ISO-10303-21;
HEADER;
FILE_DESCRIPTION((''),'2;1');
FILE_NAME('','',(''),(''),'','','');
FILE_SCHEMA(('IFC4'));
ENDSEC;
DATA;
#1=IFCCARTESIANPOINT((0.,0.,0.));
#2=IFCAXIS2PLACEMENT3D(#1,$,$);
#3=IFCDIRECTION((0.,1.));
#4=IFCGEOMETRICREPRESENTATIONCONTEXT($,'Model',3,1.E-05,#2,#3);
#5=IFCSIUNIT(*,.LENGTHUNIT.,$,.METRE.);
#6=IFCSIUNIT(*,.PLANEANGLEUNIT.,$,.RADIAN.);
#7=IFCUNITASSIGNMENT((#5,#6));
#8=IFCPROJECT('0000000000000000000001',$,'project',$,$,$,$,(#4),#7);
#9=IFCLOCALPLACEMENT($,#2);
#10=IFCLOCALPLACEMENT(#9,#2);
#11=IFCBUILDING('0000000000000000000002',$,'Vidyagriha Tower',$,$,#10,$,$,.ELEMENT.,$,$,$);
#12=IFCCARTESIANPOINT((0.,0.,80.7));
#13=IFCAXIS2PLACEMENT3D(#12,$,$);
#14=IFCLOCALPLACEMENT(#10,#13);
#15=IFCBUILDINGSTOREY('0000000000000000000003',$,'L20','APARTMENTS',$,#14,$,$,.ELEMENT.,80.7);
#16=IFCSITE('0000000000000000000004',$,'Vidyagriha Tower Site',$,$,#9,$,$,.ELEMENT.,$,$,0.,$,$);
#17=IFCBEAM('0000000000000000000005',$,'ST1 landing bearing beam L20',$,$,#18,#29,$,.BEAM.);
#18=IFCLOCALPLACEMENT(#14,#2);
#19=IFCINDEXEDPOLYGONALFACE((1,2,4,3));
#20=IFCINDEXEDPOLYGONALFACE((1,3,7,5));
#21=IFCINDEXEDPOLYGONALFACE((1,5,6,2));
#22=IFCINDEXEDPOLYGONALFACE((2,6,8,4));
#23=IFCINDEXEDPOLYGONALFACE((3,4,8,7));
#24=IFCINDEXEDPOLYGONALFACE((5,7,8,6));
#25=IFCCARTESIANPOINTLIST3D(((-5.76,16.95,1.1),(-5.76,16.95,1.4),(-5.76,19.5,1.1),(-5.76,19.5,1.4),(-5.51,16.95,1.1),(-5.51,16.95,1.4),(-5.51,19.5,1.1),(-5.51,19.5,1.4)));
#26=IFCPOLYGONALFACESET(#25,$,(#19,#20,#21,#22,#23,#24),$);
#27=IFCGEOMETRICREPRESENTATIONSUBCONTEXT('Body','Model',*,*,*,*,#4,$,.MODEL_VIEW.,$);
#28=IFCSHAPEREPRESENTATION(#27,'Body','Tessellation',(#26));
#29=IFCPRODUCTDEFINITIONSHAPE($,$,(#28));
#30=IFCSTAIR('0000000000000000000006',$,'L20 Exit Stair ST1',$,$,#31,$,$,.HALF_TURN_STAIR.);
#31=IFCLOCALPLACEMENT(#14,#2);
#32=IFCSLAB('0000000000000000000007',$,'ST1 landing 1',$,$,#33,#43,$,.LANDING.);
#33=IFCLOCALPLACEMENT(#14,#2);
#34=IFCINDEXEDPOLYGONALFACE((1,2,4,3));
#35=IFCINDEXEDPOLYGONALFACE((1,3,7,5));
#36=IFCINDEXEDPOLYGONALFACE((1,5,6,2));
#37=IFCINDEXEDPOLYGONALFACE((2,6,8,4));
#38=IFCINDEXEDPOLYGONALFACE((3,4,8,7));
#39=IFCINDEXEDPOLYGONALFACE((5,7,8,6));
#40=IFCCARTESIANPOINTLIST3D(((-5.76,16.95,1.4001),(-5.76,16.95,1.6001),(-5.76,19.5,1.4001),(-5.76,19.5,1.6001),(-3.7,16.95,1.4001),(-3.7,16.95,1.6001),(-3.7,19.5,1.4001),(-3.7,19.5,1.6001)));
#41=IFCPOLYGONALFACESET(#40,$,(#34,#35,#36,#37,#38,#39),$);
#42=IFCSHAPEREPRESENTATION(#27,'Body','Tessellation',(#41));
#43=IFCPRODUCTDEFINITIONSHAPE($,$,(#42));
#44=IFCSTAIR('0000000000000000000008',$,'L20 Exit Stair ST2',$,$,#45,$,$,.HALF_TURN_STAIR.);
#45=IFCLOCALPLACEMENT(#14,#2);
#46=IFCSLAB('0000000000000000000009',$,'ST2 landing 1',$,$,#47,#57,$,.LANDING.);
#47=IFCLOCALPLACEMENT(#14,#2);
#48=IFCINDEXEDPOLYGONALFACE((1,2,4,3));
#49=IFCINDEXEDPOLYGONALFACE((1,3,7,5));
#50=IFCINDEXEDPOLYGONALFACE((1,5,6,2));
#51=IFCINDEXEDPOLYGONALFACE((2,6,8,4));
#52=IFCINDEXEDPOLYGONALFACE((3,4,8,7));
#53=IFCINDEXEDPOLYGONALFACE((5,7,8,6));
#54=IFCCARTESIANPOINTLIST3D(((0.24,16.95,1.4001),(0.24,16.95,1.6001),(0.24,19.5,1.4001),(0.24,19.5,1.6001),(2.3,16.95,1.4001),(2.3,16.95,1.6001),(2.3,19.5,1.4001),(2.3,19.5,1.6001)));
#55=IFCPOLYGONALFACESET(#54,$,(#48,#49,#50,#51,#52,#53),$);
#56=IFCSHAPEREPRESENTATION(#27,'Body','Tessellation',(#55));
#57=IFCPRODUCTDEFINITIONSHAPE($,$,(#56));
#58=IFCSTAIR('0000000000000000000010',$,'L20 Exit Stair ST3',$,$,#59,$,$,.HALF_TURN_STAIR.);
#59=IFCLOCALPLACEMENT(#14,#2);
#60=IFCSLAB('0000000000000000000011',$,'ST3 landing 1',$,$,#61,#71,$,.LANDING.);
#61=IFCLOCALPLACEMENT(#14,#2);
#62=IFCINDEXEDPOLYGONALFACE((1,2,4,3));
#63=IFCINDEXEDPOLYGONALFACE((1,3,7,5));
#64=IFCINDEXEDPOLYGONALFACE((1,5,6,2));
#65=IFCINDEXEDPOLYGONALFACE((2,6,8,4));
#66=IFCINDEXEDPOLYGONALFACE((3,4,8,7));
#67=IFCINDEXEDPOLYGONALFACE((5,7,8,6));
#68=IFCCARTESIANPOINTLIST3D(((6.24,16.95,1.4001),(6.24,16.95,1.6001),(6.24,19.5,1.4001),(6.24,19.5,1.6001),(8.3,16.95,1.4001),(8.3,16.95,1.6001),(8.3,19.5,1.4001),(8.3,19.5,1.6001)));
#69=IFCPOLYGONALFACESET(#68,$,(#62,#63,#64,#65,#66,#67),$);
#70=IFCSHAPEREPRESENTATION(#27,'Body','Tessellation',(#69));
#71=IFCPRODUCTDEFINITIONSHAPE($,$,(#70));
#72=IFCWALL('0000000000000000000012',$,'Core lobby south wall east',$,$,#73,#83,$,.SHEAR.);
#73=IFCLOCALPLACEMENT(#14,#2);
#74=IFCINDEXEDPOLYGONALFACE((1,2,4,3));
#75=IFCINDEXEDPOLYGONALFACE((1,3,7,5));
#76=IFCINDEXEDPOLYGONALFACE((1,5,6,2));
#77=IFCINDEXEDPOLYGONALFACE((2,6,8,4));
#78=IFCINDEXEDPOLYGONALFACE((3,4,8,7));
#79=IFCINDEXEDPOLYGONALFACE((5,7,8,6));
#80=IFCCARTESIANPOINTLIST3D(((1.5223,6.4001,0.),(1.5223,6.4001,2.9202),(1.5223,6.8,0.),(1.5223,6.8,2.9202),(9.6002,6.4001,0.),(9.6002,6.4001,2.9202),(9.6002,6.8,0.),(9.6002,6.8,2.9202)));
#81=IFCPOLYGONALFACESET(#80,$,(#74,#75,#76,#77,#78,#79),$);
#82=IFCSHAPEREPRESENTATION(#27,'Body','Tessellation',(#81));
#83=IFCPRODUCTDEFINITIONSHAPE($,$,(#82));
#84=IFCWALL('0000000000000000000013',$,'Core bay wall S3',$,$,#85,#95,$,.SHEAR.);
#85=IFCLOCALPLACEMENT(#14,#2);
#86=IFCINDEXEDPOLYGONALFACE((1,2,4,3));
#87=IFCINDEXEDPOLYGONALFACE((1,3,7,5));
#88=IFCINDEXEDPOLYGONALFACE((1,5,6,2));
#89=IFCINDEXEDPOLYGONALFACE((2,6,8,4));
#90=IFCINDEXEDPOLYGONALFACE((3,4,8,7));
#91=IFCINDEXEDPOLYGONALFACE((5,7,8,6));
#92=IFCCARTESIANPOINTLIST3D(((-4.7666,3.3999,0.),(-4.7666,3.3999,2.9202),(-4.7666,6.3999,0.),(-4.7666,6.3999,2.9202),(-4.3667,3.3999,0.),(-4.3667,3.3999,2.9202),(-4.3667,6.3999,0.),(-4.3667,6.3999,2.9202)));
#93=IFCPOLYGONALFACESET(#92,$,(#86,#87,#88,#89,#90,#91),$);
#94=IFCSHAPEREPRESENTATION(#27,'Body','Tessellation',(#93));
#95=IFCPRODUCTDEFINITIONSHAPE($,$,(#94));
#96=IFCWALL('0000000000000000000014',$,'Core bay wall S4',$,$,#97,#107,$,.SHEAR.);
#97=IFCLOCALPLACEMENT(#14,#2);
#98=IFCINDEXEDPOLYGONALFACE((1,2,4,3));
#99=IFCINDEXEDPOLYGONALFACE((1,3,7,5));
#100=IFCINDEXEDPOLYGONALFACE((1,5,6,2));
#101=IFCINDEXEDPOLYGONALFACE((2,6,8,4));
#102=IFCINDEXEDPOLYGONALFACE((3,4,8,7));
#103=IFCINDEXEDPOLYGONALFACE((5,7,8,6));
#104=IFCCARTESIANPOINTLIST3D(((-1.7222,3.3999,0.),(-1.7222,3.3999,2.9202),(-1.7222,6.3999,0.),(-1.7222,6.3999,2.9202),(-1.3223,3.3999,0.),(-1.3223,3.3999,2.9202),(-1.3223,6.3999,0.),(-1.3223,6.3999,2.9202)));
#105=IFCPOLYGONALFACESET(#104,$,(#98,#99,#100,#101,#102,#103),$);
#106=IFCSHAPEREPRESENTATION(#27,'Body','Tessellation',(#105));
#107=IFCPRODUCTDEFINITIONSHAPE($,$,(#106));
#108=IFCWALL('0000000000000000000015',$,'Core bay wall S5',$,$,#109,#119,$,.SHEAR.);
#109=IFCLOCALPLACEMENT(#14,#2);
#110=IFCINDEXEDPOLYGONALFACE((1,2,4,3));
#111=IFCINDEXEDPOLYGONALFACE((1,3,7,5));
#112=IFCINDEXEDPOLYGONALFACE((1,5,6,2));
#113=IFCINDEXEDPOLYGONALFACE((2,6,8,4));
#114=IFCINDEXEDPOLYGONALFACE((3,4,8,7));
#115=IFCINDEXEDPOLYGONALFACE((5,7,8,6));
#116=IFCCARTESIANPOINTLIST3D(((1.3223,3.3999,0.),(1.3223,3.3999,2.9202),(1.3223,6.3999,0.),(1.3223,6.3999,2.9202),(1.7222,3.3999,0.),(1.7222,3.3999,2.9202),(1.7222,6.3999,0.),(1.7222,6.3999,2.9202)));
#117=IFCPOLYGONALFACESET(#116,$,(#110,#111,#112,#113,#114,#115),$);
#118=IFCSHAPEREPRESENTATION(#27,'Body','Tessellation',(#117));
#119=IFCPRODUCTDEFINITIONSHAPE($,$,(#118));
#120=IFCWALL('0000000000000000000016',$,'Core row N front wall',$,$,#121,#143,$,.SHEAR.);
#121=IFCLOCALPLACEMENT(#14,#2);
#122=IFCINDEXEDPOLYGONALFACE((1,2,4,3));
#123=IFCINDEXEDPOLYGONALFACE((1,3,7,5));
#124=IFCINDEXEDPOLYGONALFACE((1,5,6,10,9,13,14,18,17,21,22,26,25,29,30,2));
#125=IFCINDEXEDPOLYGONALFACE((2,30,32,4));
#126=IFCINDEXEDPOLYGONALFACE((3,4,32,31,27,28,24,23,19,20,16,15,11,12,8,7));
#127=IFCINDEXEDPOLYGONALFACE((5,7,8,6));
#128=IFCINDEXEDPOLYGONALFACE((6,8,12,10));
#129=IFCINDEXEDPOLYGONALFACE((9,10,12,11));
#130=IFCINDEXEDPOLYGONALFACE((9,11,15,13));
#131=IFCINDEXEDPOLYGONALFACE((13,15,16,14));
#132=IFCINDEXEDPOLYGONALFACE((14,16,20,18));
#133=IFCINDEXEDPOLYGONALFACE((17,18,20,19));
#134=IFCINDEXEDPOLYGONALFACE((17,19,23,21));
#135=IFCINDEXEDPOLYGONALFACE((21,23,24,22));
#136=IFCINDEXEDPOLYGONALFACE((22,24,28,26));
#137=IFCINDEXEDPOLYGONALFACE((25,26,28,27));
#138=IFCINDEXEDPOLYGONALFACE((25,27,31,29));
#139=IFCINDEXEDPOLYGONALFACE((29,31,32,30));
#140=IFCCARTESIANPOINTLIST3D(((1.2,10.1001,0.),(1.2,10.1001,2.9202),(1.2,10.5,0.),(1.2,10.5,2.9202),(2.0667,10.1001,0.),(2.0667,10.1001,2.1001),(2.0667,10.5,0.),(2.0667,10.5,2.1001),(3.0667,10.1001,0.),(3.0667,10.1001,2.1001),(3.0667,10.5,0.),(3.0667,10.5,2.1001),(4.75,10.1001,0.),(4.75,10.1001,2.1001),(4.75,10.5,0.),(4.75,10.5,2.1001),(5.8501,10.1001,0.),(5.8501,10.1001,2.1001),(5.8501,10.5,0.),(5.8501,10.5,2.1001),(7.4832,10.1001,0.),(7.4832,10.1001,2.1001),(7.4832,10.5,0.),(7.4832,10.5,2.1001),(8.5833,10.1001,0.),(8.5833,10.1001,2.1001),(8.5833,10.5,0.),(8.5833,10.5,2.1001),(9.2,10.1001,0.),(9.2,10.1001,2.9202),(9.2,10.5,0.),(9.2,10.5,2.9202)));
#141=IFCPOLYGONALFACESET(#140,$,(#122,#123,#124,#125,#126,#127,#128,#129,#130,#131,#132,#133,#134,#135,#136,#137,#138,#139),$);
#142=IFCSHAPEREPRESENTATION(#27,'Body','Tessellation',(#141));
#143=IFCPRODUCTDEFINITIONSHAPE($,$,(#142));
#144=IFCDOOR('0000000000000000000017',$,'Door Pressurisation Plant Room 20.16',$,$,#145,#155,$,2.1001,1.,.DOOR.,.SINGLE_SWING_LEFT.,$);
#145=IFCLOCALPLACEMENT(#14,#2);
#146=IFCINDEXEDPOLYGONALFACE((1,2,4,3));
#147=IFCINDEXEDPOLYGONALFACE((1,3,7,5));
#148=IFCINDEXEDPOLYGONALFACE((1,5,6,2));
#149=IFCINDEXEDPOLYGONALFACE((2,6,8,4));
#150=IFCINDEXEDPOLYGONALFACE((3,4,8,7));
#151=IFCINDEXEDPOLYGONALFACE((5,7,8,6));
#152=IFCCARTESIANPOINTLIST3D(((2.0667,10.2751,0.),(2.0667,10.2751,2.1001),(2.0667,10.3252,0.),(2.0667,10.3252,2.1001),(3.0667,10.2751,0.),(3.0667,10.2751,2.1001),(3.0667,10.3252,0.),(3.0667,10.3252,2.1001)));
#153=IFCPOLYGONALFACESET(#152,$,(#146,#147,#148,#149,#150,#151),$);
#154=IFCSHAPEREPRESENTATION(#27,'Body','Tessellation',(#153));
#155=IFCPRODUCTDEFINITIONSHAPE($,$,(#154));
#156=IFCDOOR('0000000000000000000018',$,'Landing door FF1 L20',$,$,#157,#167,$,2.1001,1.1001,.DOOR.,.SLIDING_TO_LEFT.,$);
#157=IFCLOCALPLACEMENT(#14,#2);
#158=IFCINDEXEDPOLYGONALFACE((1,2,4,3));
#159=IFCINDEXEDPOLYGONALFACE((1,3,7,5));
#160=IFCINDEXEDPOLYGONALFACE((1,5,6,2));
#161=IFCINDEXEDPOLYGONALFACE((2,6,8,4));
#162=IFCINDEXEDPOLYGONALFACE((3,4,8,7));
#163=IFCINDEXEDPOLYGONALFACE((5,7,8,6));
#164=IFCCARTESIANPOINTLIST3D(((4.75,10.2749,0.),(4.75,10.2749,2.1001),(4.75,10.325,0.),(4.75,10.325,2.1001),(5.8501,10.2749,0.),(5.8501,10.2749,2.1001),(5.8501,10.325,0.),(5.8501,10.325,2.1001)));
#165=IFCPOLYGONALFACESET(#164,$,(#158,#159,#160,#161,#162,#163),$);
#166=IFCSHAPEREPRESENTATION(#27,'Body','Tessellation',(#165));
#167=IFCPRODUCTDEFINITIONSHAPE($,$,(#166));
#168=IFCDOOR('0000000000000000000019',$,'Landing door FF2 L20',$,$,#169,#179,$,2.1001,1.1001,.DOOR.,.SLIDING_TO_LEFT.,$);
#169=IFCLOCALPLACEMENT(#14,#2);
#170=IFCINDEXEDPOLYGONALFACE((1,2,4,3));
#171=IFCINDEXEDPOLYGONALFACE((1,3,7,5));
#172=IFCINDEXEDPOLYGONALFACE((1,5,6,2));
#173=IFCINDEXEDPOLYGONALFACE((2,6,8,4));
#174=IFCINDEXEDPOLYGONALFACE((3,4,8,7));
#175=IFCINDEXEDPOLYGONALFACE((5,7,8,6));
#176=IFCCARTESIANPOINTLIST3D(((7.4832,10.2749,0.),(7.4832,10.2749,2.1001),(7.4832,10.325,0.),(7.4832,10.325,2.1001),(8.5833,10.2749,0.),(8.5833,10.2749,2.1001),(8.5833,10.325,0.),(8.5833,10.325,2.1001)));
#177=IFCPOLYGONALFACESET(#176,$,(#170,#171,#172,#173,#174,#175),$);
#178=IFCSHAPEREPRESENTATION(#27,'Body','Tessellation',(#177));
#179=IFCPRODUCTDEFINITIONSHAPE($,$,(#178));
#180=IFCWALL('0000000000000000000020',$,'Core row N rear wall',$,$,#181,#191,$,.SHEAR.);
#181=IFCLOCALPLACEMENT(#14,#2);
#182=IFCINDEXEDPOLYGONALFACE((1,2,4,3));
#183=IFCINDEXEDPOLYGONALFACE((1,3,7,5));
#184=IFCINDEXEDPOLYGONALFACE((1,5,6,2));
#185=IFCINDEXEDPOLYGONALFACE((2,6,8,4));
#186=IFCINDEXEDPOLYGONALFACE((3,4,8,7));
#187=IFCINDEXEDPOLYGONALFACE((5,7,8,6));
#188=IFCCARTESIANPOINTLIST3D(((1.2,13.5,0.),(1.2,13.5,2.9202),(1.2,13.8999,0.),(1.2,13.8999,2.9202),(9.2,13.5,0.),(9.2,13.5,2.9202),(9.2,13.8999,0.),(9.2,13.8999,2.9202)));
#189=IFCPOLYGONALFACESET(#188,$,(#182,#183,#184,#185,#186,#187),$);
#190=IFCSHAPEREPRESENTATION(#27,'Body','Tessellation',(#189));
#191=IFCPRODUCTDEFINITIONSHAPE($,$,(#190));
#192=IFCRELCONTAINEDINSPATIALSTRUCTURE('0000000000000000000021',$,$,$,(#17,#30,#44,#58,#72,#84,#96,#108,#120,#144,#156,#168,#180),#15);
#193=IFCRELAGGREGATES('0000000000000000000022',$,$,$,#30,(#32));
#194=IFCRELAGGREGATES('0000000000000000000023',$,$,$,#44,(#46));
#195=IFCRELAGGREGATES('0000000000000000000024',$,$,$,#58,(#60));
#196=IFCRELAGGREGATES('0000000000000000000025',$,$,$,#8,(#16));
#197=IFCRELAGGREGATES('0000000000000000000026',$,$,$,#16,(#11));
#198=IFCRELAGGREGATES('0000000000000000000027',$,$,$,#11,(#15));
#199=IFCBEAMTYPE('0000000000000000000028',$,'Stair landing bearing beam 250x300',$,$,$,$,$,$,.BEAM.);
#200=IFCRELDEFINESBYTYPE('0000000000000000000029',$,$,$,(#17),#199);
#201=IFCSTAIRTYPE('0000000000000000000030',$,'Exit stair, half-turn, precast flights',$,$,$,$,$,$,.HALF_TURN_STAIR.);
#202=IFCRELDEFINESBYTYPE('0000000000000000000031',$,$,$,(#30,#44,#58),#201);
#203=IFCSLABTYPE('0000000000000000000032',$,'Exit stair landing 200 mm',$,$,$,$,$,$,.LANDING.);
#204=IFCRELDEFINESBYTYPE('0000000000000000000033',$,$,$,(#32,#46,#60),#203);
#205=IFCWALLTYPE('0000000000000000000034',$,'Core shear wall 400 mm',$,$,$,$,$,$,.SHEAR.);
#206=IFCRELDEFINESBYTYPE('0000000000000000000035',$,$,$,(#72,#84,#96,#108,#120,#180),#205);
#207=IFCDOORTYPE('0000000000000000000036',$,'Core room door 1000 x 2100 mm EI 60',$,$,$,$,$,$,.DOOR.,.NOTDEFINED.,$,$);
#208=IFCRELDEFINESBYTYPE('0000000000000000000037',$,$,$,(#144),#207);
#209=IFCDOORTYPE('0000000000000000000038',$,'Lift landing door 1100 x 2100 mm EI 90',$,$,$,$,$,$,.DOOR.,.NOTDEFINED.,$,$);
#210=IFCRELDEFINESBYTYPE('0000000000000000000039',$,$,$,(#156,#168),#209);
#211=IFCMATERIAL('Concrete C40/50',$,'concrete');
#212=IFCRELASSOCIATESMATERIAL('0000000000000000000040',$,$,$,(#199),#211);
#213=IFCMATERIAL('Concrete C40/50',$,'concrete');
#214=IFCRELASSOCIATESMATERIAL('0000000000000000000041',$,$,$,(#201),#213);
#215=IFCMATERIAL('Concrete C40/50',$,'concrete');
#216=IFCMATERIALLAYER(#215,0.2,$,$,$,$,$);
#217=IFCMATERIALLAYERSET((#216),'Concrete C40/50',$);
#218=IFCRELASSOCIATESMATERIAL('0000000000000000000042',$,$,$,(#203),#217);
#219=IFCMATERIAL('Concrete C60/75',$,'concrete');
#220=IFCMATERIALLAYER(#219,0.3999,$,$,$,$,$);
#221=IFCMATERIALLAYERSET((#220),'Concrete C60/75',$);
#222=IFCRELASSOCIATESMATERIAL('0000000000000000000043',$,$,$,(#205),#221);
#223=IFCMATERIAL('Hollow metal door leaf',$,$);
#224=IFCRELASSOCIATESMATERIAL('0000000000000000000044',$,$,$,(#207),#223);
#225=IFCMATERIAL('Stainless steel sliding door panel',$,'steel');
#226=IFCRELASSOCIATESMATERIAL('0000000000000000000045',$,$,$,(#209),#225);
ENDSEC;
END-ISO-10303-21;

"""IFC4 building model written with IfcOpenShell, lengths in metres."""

from ifc_helpers import new_model, si_unit, direction, frame, frame_2d, origin, origin_2d, place, context, subcontext, project, spatial, polyline, rectangle, outline, extrude, material, layer, layer_set, material_profile, profile_set, type_object, element, fill, aggregate, save


model = new_model("IFC4")

# Units and contexts
model_context = context("Model", 3, precision=1e-05, world=origin(), true_north=direction((0.0, 1.0)))
body_context = subcontext(model_context, "Body", "Model", "MODEL_VIEW")
ifc_project = project(units=[si_unit("LENGTHUNIT", "METRE"), si_unit("PLANEANGLEUNIT", "RADIAN")], contexts=[model_context])

# Site, building, storey
site_placement = place(None, origin())
site = spatial("IfcSite", under=ifc_project, at=site_placement, Name="Vidyagriha Tower Site", CompositionType="ELEMENT", RefElevation=0.0)
building_placement = place(site_placement, origin())
building = spatial("IfcBuilding", under=site, at=building_placement, Name="Vidyagriha Tower", CompositionType="ELEMENT")
storey_placement = place(building_placement, frame((0.0, 0.0, 80.7)))
storey = spatial("IfcBuildingStorey", under=building, at=storey_placement, Name="L20", Description="APARTMENTS", CompositionType="ELEMENT", Elevation=80.7)

# Beam
ifc_material_1 = material(Name="Concrete C40/50", Category="concrete")
ifc_material_profile = material_profile(ifc_material_1, rectangle(XDim=0.25, YDim=0.3, at=origin_2d()), Name="Stair landing bearing beam 250x300")
ifc_profile_set = profile_set([ifc_material_profile], Name="Concrete C40/50")
beam_type = type_object("IfcBeamType", Name="Stair landing bearing beam 250x300", PredefinedType="BEAM", material=ifc_profile_set)
beam_placement = place(storey_placement, frame((-5.635, 16.95, 1.25), z_axis=(0.0, 1.0, 0.0), x_axis=(-1.0, 0.0, 0.0)))
element("IfcBeam", 1, at=beam_placement, inside=storey, type_object=beam_type, Name="ST1 landing bearing beam L20", PredefinedType="BEAM", context=body_context, shape_type="SweptSolid", body=[
    extrude(rectangle(XDim=0.25, YDim=0.3, at=origin_2d()), origin(), (0.0, 0.0, 1.0), 2.55),
])

# Stairs, slabs
ifc_material_2 = material(Name="Concrete C40/50", Category="concrete")
stair_type = type_object("IfcStairType", Name="Exit stair, half-turn, precast flights", PredefinedType="HALF_TURN_STAIR", material=ifc_material_2)
stair_1_placement = place(storey_placement, origin())
stair_1 = element("IfcStair", 2, at=stair_1_placement, inside=storey, type_object=stair_type, Name="L20 Exit Stair ST1", PredefinedType="HALF_TURN_STAIR")
ifc_material_3 = material(Name="Concrete C40/50", Category="concrete")
ifc_layer_1 = layer(ifc_material_3, 0.2)
ifc_layer_set_1 = layer_set([ifc_layer_1], Name="Concrete C40/50")
slab_type = type_object("IfcSlabType", Name="Exit stair landing 200 mm", PredefinedType="LANDING", material=ifc_layer_set_1)
slab_1_placement = place(storey_placement, frame((0.0, 0.0, 1.4001)))
slab_1 = element("IfcSlab", 3, at=slab_1_placement, type_object=slab_type, Name="ST1 landing 1", PredefinedType="LANDING", context=body_context, shape_type="SweptSolid", body=[
    extrude(outline(polyline([(-5.76, 16.95), (-3.7, 16.95), (-3.7, 19.5), (-5.76, 19.5), (-5.76, 16.95)])), origin(), (0.0, 0.0, 1.0), 0.2),
])
aggregate(stair_1, [slab_1])
stair_2_placement = place(storey_placement, origin())
stair_2 = element("IfcStair", 4, at=stair_2_placement, inside=storey, type_object=stair_type, Name="L20 Exit Stair ST2", PredefinedType="HALF_TURN_STAIR")
slab_2_placement = place(storey_placement, frame((0.0, 0.0, 1.4001)))
slab_2 = element("IfcSlab", 5, at=slab_2_placement, type_object=slab_type, Name="ST2 landing 1", PredefinedType="LANDING", context=body_context, shape_type="SweptSolid", body=[
    extrude(outline(polyline([(0.24, 16.95), (2.3, 16.95), (2.3, 19.5), (0.24, 19.5), (0.24, 16.95)])), origin(), (0.0, 0.0, 1.0), 0.2),
])
aggregate(stair_2, [slab_2])
stair_3_placement = place(storey_placement, origin())
stair_3 = element("IfcStair", 6, at=stair_3_placement, inside=storey, type_object=stair_type, Name="L20 Exit Stair ST3", PredefinedType="HALF_TURN_STAIR")
slab_3_placement = place(storey_placement, frame((0.0, 0.0, 1.4001)))
slab_3 = element("IfcSlab", 7, at=slab_3_placement, type_object=slab_type, Name="ST3 landing 1", PredefinedType="LANDING", context=body_context, shape_type="SweptSolid", body=[
    extrude(outline(polyline([(6.24, 16.95), (8.3, 16.95), (8.3, 19.5), (6.24, 19.5), (6.24, 16.95)])), origin(), (0.0, 0.0, 1.0), 0.2),
])
aggregate(stair_3, [slab_3])

# Walls
ifc_material_4 = material(Name="Concrete C60/75", Category="concrete")
ifc_layer_2 = layer(ifc_material_4, 0.3999)
ifc_layer_set_2 = layer_set([ifc_layer_2], Name="Concrete C60/75")
wall_type = type_object("IfcWallType", Name="Core shear wall 400 mm", PredefinedType="SHEAR", material=ifc_layer_set_2)
wall_1_placement = place(storey_placement, frame((1.5222, 6.6001, 0.0)))
element("IfcWall", 8, at=wall_1_placement, inside=storey, type_object=wall_type, Name="Core lobby south wall east", PredefinedType="SHEAR", context=body_context, shape_type="SweptSolid", body=[
    extrude(rectangle(XDim=8.0779, YDim=0.3999, at=frame_2d((4.0391, 0.0))), origin(), (0.0, 0.0, 1.0), 2.9202),
])
for number, where, z_axis, x_axis, name in (
    (9, (-4.5667, 3.3999, 0.0), (0.0, 0.0, 1.0), (0.0, 1.0, 0.0), "Core bay wall S3"),
    (10, (-1.5222, 3.3999, 0.0), (0.0, 0.0, 1.0), (0.0, 1.0, 0.0), "Core bay wall S4"),
    (11, (1.5222, 3.3999, 0.0), (0.0, 0.0, 1.0), (0.0, 1.0, 0.0), "Core bay wall S5"),
):
    element("IfcWall", number, at=place(storey_placement, frame(where, z_axis=z_axis, x_axis=x_axis)), inside=storey, type_object=wall_type, Name=name, PredefinedType="SHEAR", context=body_context, shape_type="SweptSolid", body=[
        extrude(rectangle(XDim=3.0, YDim=0.3999, at=frame_2d((1.5, 0.0))), origin(), (0.0, 0.0, 1.0), 2.9202),
    ])

# Wall, openings, doors
wall_2_placement = place(storey_placement, frame((1.2, 10.3, 0.0)))
wall_2 = element("IfcWall", 12, at=wall_2_placement, inside=storey, type_object=wall_type, Name="Core row N front wall", PredefinedType="SHEAR", context=body_context, shape_type="SweptSolid", body=[
    extrude(rectangle(XDim=8.0, YDim=0.3999, at=frame_2d((4.0, 0.0))), origin(), (0.0, 0.0, 1.0), 2.9202),
])
opening_1_placement = place(wall_2_placement, frame((3.55, 0.0, 0.0)))
opening_1 = element("IfcOpeningElement", 13, at=opening_1_placement, cuts=wall_2, PredefinedType="OPENING", context=body_context, shape_type="SweptSolid", body=[
    extrude(rectangle(XDim=1.1001, YDim=2.1001, at=frame_2d((0.55, 1.05))), frame((0.0, 0.21, 0.0), z_axis=(0.0, -1.0, 0.0), x_axis=(1.0, 0.0, 0.0)), (0.0, 0.0, 1.0), 0.4199),
])
opening_2_placement = place(wall_2_placement, frame((6.2832, 0.0, 0.0)))
opening_2 = element("IfcOpeningElement", 14, at=opening_2_placement, cuts=wall_2, PredefinedType="OPENING", context=body_context, shape_type="SweptSolid", body=[
    extrude(rectangle(XDim=1.1001, YDim=2.1001, at=frame_2d((0.55, 1.05))), frame((0.0, 0.21, 0.0), z_axis=(0.0, -1.0, 0.0), x_axis=(1.0, 0.0, 0.0)), (0.0, 0.0, 1.0), 0.4199),
])
opening_3_placement = place(wall_2_placement, frame((0.8667, 0.0, 0.0)))
opening_3 = element("IfcOpeningElement", 15, at=opening_3_placement, cuts=wall_2, PredefinedType="OPENING", context=body_context, shape_type="SweptSolid", body=[
    extrude(rectangle(XDim=1.0, YDim=2.1001, at=frame_2d((0.5, 1.05))), frame((0.0, 0.21, 0.0), z_axis=(0.0, -1.0, 0.0), x_axis=(1.0, 0.0, 0.0)), (0.0, 0.0, 1.0), 0.4199),
])
ifc_material_5 = material(Name="Hollow metal door leaf")
door_type_1 = type_object("IfcDoorType", Name="Core room door 1000 x 2100 mm EI 60", OperationType="NOTDEFINED", PredefinedType="DOOR", material=ifc_material_5)
door_1_placement = place(opening_3_placement, frame((1.0, 0.0, 0.0), z_axis=(0.0, 0.0, 1.0), x_axis=(-1.0, 0.0, 0.0)))
door_1 = element("IfcDoor", 16, at=door_1_placement, inside=storey, type_object=door_type_1, Name="Door Pressurisation Plant Room 20.16", OperationType="SINGLE_SWING_LEFT", OverallHeight=2.1001, OverallWidth=1.0, PredefinedType="DOOR", context=body_context, shape_type="SweptSolid", body=[
    extrude(rectangle(XDim=1.0, YDim=2.1001, at=frame_2d((0.5, 1.05))), frame((0.0, 0.0249, 0.0), z_axis=(0.0, -1.0, 0.0), x_axis=(1.0, 0.0, 0.0)), (0.0, 0.0, 1.0), 0.05),
])
fill(opening_3, door_1)
ifc_material_6 = material(Name="Stainless steel sliding door panel", Category="steel")
door_type_2 = type_object("IfcDoorType", Name="Lift landing door 1100 x 2100 mm EI 90", OperationType="NOTDEFINED", PredefinedType="DOOR", material=ifc_material_6)
door_2_placement = place(opening_1_placement, origin())
door_2 = element("IfcDoor", 17, at=door_2_placement, inside=storey, type_object=door_type_2, Name="Landing door FF1 L20", OperationType="SLIDING_TO_LEFT", OverallHeight=2.1001, OverallWidth=1.1001, PredefinedType="DOOR", context=body_context, shape_type="SweptSolid", body=[
    extrude(rectangle(XDim=1.1001, YDim=2.1001, at=frame_2d((0.55, 1.05))), frame((0.0, 0.0249, 0.0), z_axis=(0.0, -1.0, 0.0), x_axis=(1.0, 0.0, 0.0)), (0.0, 0.0, 1.0), 0.05),
])
fill(opening_1, door_2)
door_3_placement = place(opening_2_placement, origin())
door_3 = element("IfcDoor", 18, at=door_3_placement, inside=storey, type_object=door_type_2, Name="Landing door FF2 L20", OperationType="SLIDING_TO_LEFT", OverallHeight=2.1001, OverallWidth=1.1001, PredefinedType="DOOR", context=body_context, shape_type="SweptSolid", body=[
    extrude(rectangle(XDim=1.1001, YDim=2.1001, at=frame_2d((0.55, 1.05))), frame((0.0, 0.0249, 0.0), z_axis=(0.0, -1.0, 0.0), x_axis=(1.0, 0.0, 0.0)), (0.0, 0.0, 1.0), 0.05),
])
fill(opening_2, door_3)

# Wall
wall_3_placement = place(storey_placement, frame((1.2, 13.7, 0.0)))
element("IfcWall", 19, at=wall_3_placement, inside=storey, type_object=wall_type, Name="Core row N rear wall", PredefinedType="SHEAR", context=body_context, shape_type="SweptSolid", body=[
    extrude(rectangle(XDim=8.0, YDim=0.3999, at=frame_2d((4.0, 0.0))), origin(), (0.0, 0.0, 1.0), 2.9202),
])

save(model, "model.ifc")
